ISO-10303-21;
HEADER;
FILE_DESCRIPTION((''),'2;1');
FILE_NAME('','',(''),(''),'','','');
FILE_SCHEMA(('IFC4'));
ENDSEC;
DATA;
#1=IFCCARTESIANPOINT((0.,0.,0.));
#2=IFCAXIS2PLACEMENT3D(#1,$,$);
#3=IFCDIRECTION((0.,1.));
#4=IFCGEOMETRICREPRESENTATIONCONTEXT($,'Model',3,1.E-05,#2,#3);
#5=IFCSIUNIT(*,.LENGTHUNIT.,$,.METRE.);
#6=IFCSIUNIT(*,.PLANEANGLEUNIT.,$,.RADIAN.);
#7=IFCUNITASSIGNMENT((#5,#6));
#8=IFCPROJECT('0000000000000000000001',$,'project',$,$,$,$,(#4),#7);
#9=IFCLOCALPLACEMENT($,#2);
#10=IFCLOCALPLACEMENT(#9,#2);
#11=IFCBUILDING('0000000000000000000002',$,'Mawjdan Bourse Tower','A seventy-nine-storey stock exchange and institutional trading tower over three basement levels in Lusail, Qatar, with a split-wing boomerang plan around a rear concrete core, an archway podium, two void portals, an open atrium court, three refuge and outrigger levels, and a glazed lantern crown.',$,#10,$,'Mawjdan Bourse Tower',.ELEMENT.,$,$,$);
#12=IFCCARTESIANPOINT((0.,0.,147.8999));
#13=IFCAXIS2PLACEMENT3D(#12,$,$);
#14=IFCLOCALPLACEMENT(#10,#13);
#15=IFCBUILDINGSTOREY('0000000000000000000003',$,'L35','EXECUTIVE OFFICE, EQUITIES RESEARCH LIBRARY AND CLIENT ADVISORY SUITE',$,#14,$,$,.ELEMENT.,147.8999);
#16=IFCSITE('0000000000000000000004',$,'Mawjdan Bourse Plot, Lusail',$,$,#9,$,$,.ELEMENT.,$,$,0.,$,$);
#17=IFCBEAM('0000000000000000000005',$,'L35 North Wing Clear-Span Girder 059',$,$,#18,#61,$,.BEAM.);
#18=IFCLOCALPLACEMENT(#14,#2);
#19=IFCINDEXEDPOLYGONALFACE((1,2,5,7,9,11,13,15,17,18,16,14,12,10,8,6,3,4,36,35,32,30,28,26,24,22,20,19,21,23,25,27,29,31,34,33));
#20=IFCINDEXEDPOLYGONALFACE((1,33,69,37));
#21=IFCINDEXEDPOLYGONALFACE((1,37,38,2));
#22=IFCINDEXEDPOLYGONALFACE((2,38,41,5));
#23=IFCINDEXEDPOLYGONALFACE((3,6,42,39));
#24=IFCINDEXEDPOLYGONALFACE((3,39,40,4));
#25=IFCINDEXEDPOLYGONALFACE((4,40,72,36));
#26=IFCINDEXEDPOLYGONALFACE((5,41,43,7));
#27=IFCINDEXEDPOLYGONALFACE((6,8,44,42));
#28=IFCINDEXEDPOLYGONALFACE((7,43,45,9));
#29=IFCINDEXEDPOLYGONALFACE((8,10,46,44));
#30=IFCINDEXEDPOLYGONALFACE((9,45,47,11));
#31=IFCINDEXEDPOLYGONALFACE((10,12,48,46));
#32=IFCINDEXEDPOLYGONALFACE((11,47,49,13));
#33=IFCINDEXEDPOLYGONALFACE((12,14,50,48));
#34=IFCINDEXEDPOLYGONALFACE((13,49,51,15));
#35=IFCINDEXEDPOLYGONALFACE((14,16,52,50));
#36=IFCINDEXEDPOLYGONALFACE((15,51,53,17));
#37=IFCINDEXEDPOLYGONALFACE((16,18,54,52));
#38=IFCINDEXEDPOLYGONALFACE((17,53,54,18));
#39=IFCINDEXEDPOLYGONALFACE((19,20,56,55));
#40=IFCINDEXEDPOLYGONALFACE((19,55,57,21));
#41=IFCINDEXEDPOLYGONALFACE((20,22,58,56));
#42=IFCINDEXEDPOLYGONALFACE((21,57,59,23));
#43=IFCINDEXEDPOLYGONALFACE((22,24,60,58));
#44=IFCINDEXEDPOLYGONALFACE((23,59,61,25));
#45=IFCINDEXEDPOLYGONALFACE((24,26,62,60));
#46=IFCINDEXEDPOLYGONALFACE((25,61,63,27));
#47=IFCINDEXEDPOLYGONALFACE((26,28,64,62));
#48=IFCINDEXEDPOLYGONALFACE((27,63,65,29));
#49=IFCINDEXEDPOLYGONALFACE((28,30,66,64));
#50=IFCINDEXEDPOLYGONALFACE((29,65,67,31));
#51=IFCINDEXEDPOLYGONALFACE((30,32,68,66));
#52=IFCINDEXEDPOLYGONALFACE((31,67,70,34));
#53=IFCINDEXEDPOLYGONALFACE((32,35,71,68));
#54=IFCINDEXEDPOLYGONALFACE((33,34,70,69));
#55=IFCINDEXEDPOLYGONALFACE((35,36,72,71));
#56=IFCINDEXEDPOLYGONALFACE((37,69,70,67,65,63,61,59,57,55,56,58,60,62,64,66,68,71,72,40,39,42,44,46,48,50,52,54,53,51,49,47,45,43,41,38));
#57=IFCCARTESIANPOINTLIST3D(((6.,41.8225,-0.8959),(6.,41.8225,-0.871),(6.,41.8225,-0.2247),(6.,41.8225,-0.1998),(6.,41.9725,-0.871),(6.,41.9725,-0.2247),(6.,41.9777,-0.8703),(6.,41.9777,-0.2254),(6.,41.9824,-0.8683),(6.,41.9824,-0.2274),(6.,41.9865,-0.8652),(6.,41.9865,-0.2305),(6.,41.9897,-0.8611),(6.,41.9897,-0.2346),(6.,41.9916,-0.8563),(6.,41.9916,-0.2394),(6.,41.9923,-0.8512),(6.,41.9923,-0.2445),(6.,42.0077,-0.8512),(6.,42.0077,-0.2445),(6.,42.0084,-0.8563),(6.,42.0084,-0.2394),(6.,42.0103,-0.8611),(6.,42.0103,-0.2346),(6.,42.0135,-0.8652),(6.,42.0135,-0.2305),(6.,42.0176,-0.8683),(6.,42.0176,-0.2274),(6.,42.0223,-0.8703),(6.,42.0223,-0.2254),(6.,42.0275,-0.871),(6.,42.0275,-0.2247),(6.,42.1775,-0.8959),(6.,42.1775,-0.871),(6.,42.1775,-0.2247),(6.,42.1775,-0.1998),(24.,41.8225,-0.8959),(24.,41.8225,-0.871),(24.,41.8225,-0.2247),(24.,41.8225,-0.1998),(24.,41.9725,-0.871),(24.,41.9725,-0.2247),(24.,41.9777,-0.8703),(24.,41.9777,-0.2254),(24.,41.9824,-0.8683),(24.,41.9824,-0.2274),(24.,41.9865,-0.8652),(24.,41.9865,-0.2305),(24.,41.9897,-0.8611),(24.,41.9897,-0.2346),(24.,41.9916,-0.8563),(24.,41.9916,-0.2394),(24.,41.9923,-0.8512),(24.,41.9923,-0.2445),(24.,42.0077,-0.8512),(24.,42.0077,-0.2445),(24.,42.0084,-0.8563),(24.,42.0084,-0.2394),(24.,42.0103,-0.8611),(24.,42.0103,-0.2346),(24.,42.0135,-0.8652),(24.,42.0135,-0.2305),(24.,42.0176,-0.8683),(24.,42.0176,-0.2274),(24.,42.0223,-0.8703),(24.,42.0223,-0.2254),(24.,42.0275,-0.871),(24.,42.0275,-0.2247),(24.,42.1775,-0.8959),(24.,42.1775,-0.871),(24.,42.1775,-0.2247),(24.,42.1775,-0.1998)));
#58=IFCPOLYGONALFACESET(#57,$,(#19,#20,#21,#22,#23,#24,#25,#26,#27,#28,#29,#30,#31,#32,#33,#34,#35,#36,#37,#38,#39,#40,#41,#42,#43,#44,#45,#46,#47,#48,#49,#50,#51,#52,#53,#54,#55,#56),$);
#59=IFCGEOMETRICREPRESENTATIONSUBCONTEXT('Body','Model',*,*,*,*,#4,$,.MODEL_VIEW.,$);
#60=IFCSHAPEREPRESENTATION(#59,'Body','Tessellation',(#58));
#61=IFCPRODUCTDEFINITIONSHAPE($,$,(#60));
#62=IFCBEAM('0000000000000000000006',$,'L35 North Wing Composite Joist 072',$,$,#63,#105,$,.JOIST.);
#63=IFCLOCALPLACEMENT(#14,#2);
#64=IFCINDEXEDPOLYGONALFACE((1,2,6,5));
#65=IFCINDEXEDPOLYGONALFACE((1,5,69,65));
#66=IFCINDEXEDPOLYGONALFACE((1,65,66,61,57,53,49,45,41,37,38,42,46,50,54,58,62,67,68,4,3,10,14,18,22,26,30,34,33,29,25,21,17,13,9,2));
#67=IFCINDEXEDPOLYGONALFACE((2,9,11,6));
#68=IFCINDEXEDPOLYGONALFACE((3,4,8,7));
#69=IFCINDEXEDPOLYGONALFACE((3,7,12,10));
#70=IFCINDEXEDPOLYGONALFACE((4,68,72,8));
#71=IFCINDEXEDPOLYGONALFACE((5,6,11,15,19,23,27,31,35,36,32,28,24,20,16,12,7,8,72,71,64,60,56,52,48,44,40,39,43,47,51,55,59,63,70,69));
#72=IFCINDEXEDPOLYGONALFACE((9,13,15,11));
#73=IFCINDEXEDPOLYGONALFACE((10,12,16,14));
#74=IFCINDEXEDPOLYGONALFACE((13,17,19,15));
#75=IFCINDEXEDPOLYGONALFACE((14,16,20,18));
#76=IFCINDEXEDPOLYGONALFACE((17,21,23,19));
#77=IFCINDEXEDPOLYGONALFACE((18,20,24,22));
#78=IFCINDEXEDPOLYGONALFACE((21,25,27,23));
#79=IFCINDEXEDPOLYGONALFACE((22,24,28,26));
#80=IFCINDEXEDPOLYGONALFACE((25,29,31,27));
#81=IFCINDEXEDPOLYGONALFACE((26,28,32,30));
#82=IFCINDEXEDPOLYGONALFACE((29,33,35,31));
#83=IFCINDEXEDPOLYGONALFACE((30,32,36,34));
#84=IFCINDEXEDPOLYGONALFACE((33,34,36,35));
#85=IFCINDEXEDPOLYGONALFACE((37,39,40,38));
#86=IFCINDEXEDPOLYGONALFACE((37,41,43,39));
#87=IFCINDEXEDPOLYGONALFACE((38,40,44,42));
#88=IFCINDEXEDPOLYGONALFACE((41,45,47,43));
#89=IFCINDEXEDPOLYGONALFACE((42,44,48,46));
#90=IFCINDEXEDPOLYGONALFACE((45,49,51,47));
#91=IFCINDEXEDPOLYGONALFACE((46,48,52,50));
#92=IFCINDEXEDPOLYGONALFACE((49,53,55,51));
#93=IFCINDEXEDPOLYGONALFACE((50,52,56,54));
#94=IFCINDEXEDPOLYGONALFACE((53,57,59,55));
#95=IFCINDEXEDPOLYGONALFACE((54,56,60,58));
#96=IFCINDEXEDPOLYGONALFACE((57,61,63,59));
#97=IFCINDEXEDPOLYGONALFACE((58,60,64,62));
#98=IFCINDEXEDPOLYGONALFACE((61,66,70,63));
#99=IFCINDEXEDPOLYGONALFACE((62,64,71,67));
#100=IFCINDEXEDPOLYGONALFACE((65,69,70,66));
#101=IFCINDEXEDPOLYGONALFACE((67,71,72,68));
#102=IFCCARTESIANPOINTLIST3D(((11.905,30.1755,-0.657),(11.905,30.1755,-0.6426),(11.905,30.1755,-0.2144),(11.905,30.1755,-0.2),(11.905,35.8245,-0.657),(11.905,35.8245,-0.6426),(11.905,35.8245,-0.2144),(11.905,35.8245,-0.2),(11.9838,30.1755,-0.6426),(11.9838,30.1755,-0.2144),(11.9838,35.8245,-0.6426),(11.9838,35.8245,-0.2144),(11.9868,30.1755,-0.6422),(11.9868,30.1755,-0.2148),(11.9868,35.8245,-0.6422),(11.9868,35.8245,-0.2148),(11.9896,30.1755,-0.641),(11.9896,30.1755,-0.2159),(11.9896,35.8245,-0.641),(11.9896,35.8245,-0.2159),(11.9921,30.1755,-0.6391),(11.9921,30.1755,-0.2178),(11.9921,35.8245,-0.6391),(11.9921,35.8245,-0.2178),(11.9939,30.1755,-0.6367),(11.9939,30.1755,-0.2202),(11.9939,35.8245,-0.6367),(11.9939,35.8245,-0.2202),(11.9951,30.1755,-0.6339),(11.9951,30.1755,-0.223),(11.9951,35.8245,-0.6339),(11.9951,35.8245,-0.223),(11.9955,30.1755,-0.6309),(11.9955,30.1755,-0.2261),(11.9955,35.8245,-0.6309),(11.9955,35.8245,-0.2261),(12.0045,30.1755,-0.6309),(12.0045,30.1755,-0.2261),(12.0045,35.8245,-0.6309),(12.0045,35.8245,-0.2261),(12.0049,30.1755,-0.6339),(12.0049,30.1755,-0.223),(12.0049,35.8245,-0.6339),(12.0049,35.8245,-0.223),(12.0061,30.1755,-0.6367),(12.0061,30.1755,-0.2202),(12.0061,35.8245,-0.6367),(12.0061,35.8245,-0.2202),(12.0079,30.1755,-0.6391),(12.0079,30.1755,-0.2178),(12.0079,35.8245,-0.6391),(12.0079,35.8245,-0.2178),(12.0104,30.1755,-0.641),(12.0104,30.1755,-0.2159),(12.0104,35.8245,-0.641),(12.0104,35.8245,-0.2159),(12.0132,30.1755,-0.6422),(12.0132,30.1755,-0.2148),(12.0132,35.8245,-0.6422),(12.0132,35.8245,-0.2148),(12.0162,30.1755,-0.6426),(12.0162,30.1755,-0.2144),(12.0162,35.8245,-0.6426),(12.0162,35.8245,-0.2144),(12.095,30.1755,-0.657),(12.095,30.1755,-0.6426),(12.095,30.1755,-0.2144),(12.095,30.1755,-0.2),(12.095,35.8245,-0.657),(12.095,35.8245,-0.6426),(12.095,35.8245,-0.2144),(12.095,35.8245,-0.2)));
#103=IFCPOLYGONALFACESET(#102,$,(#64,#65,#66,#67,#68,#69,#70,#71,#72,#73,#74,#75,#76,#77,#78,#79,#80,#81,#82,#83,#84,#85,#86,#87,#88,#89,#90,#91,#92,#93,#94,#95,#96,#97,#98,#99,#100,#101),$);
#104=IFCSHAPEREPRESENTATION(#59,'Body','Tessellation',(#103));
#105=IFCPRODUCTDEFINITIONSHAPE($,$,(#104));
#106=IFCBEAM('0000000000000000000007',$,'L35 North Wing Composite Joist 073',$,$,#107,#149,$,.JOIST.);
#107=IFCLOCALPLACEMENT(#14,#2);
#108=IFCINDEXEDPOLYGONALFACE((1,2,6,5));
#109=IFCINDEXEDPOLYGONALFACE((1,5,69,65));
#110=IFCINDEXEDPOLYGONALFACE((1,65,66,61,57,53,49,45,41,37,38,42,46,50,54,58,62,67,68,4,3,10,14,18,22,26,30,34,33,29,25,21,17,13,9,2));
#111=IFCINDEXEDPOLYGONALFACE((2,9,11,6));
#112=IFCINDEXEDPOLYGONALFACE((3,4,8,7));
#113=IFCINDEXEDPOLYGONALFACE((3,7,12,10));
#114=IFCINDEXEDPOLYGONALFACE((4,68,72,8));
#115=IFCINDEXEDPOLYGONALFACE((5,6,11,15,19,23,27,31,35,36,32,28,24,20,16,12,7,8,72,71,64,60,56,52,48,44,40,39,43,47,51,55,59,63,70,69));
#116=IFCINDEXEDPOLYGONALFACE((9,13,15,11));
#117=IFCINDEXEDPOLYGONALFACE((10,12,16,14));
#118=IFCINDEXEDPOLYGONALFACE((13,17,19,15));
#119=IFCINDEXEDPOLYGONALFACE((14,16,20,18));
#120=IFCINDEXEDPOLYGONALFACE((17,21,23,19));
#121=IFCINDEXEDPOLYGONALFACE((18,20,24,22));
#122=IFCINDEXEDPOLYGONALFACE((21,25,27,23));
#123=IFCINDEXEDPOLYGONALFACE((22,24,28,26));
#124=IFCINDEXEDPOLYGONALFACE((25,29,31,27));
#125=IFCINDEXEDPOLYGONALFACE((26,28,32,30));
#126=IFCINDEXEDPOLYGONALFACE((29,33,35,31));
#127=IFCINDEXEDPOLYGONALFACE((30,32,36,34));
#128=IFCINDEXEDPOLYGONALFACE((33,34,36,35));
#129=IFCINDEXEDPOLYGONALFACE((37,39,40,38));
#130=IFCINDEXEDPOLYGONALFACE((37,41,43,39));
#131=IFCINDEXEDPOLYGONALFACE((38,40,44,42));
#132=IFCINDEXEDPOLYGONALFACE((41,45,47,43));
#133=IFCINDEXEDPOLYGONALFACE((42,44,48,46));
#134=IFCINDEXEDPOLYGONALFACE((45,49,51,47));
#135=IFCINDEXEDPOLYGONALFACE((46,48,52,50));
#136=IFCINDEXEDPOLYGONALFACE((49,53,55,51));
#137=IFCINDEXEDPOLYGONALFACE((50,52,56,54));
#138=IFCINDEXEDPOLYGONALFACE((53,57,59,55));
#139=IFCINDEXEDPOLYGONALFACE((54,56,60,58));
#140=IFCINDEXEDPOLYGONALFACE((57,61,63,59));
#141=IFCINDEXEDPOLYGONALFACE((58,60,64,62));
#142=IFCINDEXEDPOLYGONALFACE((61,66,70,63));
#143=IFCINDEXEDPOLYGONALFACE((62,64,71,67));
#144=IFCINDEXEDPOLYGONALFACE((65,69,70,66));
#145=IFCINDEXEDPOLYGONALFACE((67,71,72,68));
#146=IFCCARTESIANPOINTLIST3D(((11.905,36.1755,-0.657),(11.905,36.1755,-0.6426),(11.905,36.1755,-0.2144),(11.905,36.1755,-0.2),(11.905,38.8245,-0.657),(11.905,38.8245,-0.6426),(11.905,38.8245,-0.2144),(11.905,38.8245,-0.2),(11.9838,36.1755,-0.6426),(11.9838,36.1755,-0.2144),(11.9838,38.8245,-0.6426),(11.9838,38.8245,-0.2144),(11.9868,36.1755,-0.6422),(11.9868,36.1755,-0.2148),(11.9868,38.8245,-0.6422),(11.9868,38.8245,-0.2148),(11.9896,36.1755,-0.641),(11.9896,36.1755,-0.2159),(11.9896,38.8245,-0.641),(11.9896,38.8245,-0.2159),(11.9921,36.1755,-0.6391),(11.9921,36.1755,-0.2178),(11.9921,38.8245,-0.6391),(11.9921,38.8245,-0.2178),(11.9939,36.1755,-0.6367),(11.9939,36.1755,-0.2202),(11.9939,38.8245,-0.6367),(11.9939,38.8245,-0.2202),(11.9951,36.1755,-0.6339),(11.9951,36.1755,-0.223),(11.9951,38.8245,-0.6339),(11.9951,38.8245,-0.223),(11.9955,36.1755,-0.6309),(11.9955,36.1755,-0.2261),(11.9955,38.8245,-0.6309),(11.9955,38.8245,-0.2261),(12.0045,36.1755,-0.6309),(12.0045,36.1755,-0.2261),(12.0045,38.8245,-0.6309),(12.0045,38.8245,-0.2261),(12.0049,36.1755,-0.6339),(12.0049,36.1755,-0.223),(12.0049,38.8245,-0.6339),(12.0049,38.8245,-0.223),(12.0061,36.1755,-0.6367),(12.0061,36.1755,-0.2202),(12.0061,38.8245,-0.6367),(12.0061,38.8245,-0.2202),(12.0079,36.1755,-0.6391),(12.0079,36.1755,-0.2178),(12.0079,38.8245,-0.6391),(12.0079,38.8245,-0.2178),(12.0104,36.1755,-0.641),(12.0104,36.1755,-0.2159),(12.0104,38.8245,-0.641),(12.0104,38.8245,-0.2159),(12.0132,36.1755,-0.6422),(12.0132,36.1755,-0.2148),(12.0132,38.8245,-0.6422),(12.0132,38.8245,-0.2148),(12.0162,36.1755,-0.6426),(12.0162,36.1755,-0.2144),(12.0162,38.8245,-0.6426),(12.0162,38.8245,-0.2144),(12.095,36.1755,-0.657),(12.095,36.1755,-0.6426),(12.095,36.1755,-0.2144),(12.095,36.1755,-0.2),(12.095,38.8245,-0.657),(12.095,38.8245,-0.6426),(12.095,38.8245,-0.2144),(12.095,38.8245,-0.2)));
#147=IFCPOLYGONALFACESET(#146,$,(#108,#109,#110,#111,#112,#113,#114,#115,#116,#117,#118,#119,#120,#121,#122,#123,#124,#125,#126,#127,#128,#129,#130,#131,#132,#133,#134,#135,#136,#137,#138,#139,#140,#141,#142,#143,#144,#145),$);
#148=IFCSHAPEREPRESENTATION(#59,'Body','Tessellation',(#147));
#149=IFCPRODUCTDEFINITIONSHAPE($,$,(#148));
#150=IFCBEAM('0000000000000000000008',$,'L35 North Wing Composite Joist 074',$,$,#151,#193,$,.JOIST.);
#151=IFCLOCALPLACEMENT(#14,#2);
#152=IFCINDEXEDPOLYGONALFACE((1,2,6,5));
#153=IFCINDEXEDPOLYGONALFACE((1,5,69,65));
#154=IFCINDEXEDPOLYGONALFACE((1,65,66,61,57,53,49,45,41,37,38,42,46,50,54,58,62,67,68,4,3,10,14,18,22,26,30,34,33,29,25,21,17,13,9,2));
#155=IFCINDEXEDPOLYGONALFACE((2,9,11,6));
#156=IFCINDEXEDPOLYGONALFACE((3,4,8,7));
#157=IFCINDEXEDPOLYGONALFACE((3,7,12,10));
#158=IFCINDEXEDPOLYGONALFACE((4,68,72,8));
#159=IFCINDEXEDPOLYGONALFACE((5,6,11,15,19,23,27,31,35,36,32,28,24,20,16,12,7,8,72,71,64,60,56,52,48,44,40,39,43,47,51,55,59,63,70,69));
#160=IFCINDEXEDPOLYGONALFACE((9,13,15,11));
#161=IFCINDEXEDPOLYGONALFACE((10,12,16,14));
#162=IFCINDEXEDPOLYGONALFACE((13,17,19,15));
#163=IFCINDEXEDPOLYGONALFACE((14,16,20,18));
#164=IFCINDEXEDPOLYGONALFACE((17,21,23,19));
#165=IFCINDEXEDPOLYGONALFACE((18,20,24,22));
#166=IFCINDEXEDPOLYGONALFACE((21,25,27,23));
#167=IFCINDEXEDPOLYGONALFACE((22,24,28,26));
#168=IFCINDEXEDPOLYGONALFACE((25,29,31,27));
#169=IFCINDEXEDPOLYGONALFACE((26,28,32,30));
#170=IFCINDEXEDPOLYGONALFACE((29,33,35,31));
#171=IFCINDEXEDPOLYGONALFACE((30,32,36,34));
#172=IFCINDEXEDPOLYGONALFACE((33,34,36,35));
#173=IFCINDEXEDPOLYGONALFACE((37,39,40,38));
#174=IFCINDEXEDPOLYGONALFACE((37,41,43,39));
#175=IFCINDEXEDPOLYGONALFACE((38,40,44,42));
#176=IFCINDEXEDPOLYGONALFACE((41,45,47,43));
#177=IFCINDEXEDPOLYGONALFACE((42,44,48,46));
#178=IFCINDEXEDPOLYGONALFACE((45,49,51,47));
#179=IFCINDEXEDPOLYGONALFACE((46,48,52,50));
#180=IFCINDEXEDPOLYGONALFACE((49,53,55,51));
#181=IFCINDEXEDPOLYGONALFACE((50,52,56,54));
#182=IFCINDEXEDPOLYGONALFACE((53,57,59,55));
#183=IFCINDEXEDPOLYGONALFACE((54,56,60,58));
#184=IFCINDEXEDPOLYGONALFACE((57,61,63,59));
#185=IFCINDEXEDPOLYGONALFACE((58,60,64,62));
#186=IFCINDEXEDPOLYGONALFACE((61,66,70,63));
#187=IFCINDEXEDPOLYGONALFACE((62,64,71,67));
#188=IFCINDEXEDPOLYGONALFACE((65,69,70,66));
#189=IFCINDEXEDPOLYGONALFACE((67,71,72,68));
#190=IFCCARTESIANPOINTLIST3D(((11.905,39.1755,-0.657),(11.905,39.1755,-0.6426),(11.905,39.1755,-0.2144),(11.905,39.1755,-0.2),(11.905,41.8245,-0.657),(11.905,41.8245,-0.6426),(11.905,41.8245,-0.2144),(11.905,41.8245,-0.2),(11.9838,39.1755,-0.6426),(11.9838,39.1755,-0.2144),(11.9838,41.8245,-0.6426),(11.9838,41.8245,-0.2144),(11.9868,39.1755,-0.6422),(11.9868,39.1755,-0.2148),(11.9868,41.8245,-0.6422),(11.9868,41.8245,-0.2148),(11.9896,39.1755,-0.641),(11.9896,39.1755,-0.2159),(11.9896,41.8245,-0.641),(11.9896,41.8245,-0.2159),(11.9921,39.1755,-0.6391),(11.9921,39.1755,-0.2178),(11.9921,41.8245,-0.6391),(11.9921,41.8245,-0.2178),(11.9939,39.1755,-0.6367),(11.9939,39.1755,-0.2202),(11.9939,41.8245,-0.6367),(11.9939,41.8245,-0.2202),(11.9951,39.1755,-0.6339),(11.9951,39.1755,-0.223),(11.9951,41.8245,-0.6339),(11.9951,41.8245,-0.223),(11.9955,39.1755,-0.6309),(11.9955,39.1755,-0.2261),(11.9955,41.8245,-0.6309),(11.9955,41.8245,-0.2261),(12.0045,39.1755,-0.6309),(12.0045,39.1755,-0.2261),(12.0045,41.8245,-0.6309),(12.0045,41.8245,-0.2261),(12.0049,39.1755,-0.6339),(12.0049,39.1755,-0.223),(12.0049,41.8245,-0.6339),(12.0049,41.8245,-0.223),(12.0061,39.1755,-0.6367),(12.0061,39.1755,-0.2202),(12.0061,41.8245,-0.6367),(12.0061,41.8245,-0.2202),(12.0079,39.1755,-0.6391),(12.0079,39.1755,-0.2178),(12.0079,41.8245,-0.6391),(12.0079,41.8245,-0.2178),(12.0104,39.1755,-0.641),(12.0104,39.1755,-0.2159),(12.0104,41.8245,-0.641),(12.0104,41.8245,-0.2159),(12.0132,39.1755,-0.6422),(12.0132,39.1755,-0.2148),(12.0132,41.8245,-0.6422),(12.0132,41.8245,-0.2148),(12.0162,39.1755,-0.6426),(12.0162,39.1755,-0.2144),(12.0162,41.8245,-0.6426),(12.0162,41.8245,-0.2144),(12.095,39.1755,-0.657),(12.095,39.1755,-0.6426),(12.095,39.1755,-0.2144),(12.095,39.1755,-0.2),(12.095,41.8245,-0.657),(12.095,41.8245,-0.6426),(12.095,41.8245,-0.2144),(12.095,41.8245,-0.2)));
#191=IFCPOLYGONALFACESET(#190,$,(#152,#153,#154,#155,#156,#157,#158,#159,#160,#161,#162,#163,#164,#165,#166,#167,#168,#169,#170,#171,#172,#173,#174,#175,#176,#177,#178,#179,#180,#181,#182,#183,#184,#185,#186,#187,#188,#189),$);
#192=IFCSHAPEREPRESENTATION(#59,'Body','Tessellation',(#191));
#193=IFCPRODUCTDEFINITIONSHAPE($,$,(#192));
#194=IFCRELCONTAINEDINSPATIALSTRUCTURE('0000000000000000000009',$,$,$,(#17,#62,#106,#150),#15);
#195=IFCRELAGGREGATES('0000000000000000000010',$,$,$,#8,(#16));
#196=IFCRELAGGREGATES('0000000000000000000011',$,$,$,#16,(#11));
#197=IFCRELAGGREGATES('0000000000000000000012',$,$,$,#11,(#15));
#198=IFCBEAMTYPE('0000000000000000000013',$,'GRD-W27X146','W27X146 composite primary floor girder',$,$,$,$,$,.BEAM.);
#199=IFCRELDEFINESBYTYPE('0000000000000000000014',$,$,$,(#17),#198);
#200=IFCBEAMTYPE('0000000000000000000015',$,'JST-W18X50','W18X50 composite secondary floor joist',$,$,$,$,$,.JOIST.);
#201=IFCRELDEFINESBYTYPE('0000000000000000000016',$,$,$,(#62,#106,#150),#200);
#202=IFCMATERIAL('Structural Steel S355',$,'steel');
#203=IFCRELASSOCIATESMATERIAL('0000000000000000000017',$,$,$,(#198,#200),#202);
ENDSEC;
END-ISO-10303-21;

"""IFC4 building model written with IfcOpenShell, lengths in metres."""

from ifc_helpers import new_model, si_unit, direction, frame, origin, origin_2d, place, context, subcontext, project, spatial, i_section, extrude, material, material_profile, profile_set, type_object, element, save


model = new_model("IFC4")

# Units and contexts
model_context = context("Model", 3, precision=1e-05, world=origin(), true_north=direction((0.0, 1.0)))
body_context = subcontext(model_context, "Body", "Model", "MODEL_VIEW")
ifc_project = project(units=[si_unit("LENGTHUNIT", "METRE"), si_unit("PLANEANGLEUNIT", "RADIAN")], contexts=[model_context])

# Site, building, storey
site_placement = place(None, origin())
site = spatial("IfcSite", under=ifc_project, at=site_placement, Name="Mawjdan Bourse Plot, Lusail", CompositionType="ELEMENT", RefElevation=0.0)
building_placement = place(site_placement, origin())
building = spatial("IfcBuilding", under=site, at=building_placement, Name="Mawjdan Bourse Tower", Description="A seventy-nine-storey stock exchange and institutional trading tower over three basement levels in Lusail, Qatar, with a split-wing boomerang plan around a rear concrete core, an archway podium, two void portals, an open atrium court, three refuge and outrigger levels, and a glazed lantern crown.", LongName="Mawjdan Bourse Tower", CompositionType="ELEMENT")
storey_placement = place(building_placement, frame((0.0, 0.0, 147.8999)))
storey = spatial("IfcBuildingStorey", under=building, at=storey_placement, Name="L35", Description="EXECUTIVE OFFICE, EQUITIES RESEARCH LIBRARY AND CLIENT ADVISORY SUITE", CompositionType="ELEMENT", Elevation=147.8999)

# Beams
ifc_material_1 = material(Name="Structural Steel S355", Category="steel")
ifc_material_profile_1 = material_profile(ifc_material_1, i_section(OverallWidth=0.355, OverallDepth=0.696, WebThickness=0.0154, FlangeThickness=0.0249, FilletRadius=0.0198, at=origin_2d()), Name="W27X146")
ifc_profile_set_1 = profile_set([ifc_material_profile_1], Name="Structural Steel S355")
beam_type_1 = type_object("IfcBeamType", Name="GRD-W27X146", Description="W27X146 composite primary floor girder", PredefinedType="BEAM", material=ifc_profile_set_1)
for number, where, z_axis, x_axis, name in (
    (1, (6.0, 42.0, -0.5479), (1.0, 0.0, 0.0), (0.0, 1.0, 0.0), "L35 North Wing Clear-Span Girder 059"),
):
    element("IfcBeam", number, at=place(storey_placement, frame(where, z_axis=z_axis, x_axis=x_axis)), inside=storey, type_object=beam_type_1, Name=name, PredefinedType="BEAM", context=body_context, shape_type="SweptSolid", body=[
        extrude(i_section(OverallWidth=0.355, OverallDepth=0.696, WebThickness=0.0154, FlangeThickness=0.0249, FilletRadius=0.0198, at=origin_2d()), origin(), (0.0, 0.0, 1.0), 18.0),
    ])
ifc_material_profile_2 = material_profile(ifc_material_1, i_section(OverallWidth=0.1899, OverallDepth=0.457, WebThickness=0.009, FlangeThickness=0.0144, FilletRadius=0.0117, at=origin_2d()), Name="W18X50")
ifc_profile_set_2 = profile_set([ifc_material_profile_2], Name="Structural Steel S355")
beam_type_2 = type_object("IfcBeamType", Name="JST-W18X50", Description="W18X50 composite secondary floor joist", PredefinedType="JOIST", material=ifc_profile_set_2)
beam_1_placement = place(storey_placement, frame((12.0, 30.1755, -0.4285), z_axis=(0.0, 1.0, 0.0), x_axis=(-1.0, 0.0, 0.0)))
element("IfcBeam", 2, at=beam_1_placement, inside=storey, type_object=beam_type_2, Name="L35 North Wing Composite Joist 072", PredefinedType="JOIST", context=body_context, shape_type="SweptSolid", body=[
    extrude(i_section(OverallWidth=0.1899, OverallDepth=0.457, WebThickness=0.009, FlangeThickness=0.0144, FilletRadius=0.0117, at=origin_2d()), origin(), (0.0, 0.0, 1.0), 5.6489),
])
for number, where, z_axis, x_axis, name in (
    (3, (12.0, 36.1755, -0.4285), (0.0, 1.0, 0.0), (-1.0, 0.0, 0.0), "L35 North Wing Composite Joist 073"),
    (4, (12.0, 39.1755, -0.4285), (0.0, 1.0, 0.0), (-1.0, 0.0, 0.0), "L35 North Wing Composite Joist 074"),
):
    element("IfcBeam", number, at=place(storey_placement, frame(where, z_axis=z_axis, x_axis=x_axis)), inside=storey, type_object=beam_type_2, Name=name, PredefinedType="JOIST", context=body_context, shape_type="SweptSolid", body=[
        extrude(i_section(OverallWidth=0.1899, OverallDepth=0.457, WebThickness=0.009, FlangeThickness=0.0144, FilletRadius=0.0117, at=origin_2d()), origin(), (0.0, 0.0, 1.0), 2.6489),
    ])

save(model, "model.ifc")
